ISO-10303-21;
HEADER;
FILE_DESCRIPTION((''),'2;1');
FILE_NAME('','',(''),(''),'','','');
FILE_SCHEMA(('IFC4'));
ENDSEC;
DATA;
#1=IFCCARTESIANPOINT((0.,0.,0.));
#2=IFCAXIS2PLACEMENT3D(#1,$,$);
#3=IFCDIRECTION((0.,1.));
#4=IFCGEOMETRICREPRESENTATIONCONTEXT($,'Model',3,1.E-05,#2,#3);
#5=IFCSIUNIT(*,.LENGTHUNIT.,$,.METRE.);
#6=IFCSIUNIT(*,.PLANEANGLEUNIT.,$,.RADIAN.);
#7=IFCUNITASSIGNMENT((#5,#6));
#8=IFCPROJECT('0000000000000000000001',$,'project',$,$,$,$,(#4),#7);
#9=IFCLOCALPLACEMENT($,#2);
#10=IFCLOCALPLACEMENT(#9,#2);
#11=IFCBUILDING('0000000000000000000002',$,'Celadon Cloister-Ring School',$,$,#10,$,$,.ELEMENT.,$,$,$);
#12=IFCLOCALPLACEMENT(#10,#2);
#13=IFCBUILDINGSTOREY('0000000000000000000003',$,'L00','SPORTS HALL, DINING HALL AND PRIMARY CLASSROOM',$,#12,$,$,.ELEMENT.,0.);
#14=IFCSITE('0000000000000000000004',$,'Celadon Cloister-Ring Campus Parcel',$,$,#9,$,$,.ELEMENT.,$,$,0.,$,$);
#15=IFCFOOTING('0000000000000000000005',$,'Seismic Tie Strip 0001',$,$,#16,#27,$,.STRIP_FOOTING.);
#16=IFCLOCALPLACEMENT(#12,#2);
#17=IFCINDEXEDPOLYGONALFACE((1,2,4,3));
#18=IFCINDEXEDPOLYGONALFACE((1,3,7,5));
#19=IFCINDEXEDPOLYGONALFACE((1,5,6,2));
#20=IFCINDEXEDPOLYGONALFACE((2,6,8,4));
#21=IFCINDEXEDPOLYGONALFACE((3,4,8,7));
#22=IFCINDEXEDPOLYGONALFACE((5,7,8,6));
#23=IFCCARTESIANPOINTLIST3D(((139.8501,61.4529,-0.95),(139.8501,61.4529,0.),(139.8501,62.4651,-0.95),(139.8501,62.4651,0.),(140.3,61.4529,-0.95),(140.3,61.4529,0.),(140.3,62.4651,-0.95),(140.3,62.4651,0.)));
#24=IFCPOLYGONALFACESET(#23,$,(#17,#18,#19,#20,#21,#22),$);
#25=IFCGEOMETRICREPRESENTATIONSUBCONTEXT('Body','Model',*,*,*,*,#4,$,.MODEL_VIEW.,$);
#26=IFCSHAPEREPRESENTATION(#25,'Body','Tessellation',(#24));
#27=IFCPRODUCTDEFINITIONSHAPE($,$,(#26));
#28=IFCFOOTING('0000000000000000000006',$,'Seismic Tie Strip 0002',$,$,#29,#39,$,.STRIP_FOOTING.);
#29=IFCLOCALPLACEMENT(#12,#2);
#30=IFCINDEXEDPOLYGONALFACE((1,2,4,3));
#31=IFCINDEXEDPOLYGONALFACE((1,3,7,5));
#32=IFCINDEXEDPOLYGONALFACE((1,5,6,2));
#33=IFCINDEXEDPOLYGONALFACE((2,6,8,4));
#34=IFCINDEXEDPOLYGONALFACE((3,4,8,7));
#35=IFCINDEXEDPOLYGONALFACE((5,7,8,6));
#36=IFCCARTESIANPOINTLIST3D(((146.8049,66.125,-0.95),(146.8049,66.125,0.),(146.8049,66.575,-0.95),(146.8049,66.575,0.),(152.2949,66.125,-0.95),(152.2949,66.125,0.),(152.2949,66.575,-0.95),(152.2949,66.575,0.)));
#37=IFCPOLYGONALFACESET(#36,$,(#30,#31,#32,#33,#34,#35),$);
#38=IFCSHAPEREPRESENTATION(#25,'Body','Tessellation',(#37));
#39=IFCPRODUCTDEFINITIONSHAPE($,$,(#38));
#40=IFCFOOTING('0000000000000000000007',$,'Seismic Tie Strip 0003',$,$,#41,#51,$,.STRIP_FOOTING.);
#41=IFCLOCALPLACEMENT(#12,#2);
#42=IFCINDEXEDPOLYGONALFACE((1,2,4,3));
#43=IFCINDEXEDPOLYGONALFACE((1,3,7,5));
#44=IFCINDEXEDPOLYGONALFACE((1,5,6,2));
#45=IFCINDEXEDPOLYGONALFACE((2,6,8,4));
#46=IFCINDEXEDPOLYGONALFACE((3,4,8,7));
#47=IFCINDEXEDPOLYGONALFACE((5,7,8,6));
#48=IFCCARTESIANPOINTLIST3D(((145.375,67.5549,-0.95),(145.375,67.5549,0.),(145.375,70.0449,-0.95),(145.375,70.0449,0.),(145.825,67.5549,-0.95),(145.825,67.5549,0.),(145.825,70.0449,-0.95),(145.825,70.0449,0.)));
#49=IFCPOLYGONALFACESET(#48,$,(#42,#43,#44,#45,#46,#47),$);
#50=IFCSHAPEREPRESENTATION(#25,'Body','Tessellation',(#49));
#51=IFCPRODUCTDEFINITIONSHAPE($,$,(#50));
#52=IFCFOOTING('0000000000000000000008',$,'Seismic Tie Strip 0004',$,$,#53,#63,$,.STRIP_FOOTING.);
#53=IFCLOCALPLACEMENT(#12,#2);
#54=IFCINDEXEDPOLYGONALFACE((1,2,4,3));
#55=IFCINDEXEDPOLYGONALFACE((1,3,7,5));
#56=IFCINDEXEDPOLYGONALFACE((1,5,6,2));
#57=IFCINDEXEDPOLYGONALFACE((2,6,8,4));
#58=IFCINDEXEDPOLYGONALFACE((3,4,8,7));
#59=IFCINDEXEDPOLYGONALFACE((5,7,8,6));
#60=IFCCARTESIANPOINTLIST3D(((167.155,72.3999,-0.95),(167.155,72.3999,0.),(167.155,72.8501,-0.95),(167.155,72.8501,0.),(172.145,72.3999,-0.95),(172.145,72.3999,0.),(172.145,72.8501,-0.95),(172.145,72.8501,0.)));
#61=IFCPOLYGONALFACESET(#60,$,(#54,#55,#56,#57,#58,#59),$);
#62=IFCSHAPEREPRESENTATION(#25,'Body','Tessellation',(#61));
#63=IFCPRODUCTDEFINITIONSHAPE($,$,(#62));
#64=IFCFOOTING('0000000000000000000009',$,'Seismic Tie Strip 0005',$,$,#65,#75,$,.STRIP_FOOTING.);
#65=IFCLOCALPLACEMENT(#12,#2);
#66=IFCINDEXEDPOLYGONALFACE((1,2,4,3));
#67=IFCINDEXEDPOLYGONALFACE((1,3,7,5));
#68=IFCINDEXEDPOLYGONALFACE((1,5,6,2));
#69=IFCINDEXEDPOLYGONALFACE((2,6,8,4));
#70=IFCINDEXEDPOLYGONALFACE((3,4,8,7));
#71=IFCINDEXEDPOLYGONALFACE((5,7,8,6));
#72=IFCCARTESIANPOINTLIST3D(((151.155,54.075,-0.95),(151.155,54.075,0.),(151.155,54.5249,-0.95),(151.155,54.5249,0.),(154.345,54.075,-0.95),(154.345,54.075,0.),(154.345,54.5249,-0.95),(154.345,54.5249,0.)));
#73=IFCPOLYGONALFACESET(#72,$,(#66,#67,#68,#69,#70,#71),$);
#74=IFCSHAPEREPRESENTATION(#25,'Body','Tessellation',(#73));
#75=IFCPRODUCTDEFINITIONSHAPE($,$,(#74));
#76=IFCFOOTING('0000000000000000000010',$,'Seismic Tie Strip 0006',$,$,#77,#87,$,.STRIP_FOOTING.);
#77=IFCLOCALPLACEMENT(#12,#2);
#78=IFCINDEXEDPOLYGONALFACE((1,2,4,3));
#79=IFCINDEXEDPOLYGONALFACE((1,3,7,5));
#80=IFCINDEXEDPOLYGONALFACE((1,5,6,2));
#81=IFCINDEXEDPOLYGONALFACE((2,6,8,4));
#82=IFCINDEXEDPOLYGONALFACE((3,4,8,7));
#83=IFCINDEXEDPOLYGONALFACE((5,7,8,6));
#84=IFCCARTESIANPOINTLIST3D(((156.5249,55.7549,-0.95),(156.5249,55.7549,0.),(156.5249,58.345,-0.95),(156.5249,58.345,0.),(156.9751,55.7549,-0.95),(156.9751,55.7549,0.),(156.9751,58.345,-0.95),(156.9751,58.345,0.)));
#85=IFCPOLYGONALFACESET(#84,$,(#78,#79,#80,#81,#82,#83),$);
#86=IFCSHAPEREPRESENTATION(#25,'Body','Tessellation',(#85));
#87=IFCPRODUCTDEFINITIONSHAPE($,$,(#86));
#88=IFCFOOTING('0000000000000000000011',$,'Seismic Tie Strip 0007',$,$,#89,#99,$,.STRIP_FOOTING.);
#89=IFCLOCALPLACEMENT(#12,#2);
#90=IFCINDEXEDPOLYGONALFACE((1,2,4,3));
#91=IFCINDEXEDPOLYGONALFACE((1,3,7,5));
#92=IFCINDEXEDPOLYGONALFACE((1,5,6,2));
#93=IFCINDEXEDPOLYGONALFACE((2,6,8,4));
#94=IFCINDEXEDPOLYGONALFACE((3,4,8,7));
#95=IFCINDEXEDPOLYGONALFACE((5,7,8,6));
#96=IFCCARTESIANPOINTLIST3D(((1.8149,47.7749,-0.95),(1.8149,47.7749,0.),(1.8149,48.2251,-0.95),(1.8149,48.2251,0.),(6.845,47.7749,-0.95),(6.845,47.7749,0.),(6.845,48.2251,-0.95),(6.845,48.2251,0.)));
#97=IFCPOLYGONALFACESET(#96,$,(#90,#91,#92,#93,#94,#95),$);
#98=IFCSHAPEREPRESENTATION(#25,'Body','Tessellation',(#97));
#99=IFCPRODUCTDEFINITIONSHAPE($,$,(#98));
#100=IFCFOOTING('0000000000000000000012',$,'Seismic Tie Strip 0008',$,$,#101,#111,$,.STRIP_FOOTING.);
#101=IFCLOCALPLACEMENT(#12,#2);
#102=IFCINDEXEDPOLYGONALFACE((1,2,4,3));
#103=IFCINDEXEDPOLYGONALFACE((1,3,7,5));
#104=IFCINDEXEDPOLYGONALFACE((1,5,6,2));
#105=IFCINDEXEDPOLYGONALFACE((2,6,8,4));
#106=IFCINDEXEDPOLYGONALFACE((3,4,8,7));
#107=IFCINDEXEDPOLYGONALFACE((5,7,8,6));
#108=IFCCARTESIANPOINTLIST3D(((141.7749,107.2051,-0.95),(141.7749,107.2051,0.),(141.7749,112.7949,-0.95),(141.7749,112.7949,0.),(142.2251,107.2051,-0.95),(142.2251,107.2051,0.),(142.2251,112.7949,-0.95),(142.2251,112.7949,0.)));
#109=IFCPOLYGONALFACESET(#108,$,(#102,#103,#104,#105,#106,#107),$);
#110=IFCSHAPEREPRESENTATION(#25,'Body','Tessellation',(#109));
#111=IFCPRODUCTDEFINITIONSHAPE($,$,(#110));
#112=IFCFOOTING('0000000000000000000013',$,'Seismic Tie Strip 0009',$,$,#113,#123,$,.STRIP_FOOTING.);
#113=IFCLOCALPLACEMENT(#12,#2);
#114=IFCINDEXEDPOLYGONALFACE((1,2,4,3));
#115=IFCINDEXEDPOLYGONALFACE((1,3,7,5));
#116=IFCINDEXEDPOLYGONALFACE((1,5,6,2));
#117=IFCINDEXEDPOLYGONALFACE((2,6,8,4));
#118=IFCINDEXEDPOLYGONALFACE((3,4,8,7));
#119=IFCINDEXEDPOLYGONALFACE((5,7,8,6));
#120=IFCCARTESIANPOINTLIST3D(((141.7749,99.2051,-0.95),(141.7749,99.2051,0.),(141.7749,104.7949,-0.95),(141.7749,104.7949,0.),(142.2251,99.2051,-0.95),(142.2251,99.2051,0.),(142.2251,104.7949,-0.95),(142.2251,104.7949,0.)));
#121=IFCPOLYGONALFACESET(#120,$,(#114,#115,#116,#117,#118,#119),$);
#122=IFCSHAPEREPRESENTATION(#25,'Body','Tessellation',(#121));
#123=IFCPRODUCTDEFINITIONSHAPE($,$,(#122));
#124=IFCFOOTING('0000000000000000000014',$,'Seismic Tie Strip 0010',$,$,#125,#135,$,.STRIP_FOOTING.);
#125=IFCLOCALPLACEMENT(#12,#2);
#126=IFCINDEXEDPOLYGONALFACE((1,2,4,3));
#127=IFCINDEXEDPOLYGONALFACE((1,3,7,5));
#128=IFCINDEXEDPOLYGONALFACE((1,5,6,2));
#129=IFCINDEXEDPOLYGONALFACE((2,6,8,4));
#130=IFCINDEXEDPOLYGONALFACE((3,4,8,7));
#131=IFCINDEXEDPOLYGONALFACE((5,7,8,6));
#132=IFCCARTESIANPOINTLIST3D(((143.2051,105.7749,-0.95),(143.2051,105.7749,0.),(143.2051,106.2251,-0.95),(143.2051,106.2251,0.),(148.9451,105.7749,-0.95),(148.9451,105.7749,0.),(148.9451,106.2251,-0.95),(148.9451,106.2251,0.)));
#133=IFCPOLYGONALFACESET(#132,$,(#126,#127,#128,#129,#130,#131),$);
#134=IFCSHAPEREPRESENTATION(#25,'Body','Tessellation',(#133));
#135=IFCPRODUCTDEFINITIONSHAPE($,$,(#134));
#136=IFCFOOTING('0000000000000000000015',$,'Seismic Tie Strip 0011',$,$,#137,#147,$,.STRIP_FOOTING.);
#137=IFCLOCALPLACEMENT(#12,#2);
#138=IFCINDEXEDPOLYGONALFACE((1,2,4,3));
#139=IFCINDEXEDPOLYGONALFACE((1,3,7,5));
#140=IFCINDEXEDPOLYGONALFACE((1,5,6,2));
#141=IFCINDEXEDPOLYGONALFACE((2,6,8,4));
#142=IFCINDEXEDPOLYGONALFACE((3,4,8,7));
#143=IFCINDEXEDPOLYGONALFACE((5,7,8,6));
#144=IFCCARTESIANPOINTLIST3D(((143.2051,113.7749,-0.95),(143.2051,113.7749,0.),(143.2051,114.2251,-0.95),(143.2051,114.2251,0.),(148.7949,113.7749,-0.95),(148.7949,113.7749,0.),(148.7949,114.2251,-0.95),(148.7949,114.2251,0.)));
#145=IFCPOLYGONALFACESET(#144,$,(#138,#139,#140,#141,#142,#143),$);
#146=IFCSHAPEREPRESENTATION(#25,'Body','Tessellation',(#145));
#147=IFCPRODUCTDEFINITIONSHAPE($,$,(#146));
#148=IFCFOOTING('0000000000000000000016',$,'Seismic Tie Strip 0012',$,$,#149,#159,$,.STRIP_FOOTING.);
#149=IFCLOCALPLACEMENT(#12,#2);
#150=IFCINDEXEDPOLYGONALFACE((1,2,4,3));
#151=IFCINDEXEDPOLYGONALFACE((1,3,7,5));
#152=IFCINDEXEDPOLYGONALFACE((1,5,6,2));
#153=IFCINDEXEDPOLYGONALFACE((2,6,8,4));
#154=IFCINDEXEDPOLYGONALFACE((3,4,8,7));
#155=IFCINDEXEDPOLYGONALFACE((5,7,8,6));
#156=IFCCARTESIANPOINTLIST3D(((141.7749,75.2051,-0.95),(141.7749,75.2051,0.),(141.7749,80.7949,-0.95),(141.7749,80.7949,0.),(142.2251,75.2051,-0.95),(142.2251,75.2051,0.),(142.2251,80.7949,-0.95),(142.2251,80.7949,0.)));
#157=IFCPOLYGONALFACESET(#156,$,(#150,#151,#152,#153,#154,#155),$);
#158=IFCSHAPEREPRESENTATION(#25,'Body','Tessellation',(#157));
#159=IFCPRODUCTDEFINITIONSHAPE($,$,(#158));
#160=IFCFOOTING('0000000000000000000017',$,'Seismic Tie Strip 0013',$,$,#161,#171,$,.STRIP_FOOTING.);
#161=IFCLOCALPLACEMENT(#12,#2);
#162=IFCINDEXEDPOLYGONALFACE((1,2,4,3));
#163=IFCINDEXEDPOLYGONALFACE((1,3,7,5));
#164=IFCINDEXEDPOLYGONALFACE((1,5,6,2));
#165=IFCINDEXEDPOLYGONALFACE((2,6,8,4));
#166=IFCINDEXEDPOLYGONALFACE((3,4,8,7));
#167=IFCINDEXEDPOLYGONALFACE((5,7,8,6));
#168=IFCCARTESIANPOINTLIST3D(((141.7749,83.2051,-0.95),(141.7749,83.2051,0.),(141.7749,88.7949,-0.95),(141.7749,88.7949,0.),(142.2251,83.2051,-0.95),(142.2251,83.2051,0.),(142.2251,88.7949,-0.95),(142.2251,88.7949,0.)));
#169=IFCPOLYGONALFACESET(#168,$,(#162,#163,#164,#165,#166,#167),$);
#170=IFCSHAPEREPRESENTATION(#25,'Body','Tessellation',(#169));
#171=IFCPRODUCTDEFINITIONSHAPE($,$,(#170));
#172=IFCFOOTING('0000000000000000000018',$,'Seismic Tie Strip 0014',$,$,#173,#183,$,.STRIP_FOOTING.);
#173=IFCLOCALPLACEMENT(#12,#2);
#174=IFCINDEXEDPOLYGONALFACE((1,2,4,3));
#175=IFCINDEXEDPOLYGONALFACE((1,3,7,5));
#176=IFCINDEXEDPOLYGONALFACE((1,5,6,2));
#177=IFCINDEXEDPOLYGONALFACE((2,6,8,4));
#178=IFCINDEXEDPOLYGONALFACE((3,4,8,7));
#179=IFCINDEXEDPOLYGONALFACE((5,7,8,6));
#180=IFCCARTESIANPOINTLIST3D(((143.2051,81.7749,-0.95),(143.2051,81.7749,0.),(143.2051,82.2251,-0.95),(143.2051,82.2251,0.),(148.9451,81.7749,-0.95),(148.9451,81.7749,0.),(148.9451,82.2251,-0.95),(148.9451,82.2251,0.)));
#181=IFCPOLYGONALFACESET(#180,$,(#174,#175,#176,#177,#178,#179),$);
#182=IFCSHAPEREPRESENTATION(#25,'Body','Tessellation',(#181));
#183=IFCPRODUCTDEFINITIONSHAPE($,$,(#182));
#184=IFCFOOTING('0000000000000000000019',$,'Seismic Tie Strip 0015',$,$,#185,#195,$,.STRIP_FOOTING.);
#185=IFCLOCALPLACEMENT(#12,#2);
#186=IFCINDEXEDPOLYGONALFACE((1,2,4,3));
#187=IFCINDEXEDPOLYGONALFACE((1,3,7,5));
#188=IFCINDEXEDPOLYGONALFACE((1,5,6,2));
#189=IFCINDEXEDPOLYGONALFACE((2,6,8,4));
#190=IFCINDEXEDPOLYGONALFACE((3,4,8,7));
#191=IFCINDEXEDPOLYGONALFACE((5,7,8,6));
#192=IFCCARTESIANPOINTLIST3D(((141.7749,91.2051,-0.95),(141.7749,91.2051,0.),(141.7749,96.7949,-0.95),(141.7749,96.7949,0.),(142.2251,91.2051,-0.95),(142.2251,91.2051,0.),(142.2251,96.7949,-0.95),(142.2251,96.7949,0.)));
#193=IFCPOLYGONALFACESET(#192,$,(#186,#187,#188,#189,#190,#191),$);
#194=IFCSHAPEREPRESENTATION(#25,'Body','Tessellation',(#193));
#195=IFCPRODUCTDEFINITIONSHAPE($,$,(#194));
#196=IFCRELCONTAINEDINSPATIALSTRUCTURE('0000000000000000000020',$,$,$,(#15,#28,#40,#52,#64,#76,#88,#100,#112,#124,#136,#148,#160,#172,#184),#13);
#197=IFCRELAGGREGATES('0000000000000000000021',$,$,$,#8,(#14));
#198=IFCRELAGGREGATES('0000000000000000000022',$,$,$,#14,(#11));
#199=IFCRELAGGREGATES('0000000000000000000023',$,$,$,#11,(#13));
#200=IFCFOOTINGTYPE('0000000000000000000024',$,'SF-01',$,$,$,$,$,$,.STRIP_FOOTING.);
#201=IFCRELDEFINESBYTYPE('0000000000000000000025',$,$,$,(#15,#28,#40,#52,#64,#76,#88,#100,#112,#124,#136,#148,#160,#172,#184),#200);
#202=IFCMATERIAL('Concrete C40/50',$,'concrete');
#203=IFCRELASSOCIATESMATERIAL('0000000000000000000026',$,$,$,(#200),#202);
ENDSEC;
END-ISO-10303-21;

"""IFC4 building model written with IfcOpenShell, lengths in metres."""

from ifc_helpers import new_model, si_unit, direction, frame, origin, place, context, subcontext, project, spatial, polyline, outline, extrude, material, type_object, element, save


model = new_model("IFC4")

# Units and contexts
model_context = context("Model", 3, precision=1e-05, world=origin(), true_north=direction((0.0, 1.0)))
body_context = subcontext(model_context, "Body", "Model", "MODEL_VIEW")
ifc_project = project(units=[si_unit("LENGTHUNIT", "METRE"), si_unit("PLANEANGLEUNIT", "RADIAN")], contexts=[model_context])

# Site, building, storey
site_placement = place(None, origin())
site = spatial("IfcSite", under=ifc_project, at=site_placement, Name="Celadon Cloister-Ring Campus Parcel", CompositionType="ELEMENT", RefElevation=0.0)
building_placement = place(site_placement, origin())
building = spatial("IfcBuilding", under=site, at=building_placement, Name="Celadon Cloister-Ring School", CompositionType="ELEMENT")
storey_placement = place(building_placement, origin())
storey = spatial("IfcBuildingStorey", under=building, at=storey_placement, Name="L00", Description="SPORTS HALL, DINING HALL AND PRIMARY CLASSROOM", CompositionType="ELEMENT", Elevation=0.0)

# Footings
ifc_material = material(Name="Concrete C40/50", Category="concrete")
footing_type = type_object("IfcFootingType", Name="SF-01", PredefinedType="STRIP_FOOTING", material=ifc_material)
footing_1_placement = place(storey_placement, frame((0.0, 0.0, -0.95)))
element("IfcFooting", 1, at=footing_1_placement, inside=storey, type_object=footing_type, Name="Seismic Tie Strip 0001", PredefinedType="STRIP_FOOTING", context=body_context, shape_type="SweptSolid", body=[
    extrude(outline(polyline([(140.3, 61.4529), (140.3, 62.4651), (139.8501, 62.4651), (139.8501, 61.4529), (140.3, 61.4529)])), origin(), (0.0, 0.0, 1.0), 0.95),
])
footing_2_placement = place(storey_placement, frame((0.0, 0.0, -0.95)))
element("IfcFooting", 2, at=footing_2_placement, inside=storey, type_object=footing_type, Name="Seismic Tie Strip 0002", PredefinedType="STRIP_FOOTING", context=body_context, shape_type="SweptSolid", body=[
    extrude(outline(polyline([(146.8049, 66.125), (152.2949, 66.125), (152.2949, 66.575), (146.8049, 66.575), (146.8049, 66.125)])), origin(), (0.0, 0.0, 1.0), 0.95),
])
footing_3_placement = place(storey_placement, frame((0.0, 0.0, -0.95)))
element("IfcFooting", 3, at=footing_3_placement, inside=storey, type_object=footing_type, Name="Seismic Tie Strip 0003", PredefinedType="STRIP_FOOTING", context=body_context, shape_type="SweptSolid", body=[
    extrude(outline(polyline([(145.825, 67.5549), (145.825, 70.0449), (145.375, 70.0449), (145.375, 67.5549), (145.825, 67.5549)])), origin(), (0.0, 0.0, 1.0), 0.95),
])
footing_4_placement = place(storey_placement, frame((0.0, 0.0, -0.95)))
element("IfcFooting", 4, at=footing_4_placement, inside=storey, type_object=footing_type, Name="Seismic Tie Strip 0004", PredefinedType="STRIP_FOOTING", context=body_context, shape_type="SweptSolid", body=[
    extrude(outline(polyline([(172.145, 72.8501), (167.155, 72.8501), (167.155, 72.3999), (172.145, 72.3999), (172.145, 72.8501)])), origin(), (0.0, 0.0, 1.0), 0.95),
])
footing_5_placement = place(storey_placement, frame((0.0, 0.0, -0.95)))
element("IfcFooting", 5, at=footing_5_placement, inside=storey, type_object=footing_type, Name="Seismic Tie Strip 0005", PredefinedType="STRIP_FOOTING", context=body_context, shape_type="SweptSolid", body=[
    extrude(outline(polyline([(151.155, 54.075), (154.345, 54.075), (154.345, 54.5249), (151.155, 54.5249), (151.155, 54.075)])), origin(), (0.0, 0.0, 1.0), 0.95),
])
footing_6_placement = place(storey_placement, frame((0.0, 0.0, -0.95)))
element("IfcFooting", 6, at=footing_6_placement, inside=storey, type_object=footing_type, Name="Seismic Tie Strip 0006", PredefinedType="STRIP_FOOTING", context=body_context, shape_type="SweptSolid", body=[
    extrude(outline(polyline([(156.9751, 55.7549), (156.9751, 58.345), (156.5249, 58.345), (156.5249, 55.7549), (156.9751, 55.7549)])), origin(), (0.0, 0.0, 1.0), 0.95),
])
footing_7_placement = place(storey_placement, frame((0.0, 0.0, -0.95)))
element("IfcFooting", 7, at=footing_7_placement, inside=storey, type_object=footing_type, Name="Seismic Tie Strip 0007", PredefinedType="STRIP_FOOTING", context=body_context, shape_type="SweptSolid", body=[
    extrude(outline(polyline([(6.845, 48.2251), (1.8149, 48.2251), (1.8149, 47.7749), (6.845, 47.7749), (6.845, 48.2251)])), origin(), (0.0, 0.0, 1.0), 0.95),
])
footing_8_placement = place(storey_placement, frame((0.0, 0.0, -0.95)))
element("IfcFooting", 8, at=footing_8_placement, inside=storey, type_object=footing_type, Name="Seismic Tie Strip 0008", PredefinedType="STRIP_FOOTING", context=body_context, shape_type="SweptSolid", body=[
    extrude(outline(polyline([(142.2251, 107.2051), (142.2251, 112.7949), (141.7749, 112.7949), (141.7749, 107.2051), (142.2251, 107.2051)])), origin(), (0.0, 0.0, 1.0), 0.95),
])
footing_9_placement = place(storey_placement, frame((0.0, 0.0, -0.95)))
element("IfcFooting", 9, at=footing_9_placement, inside=storey, type_object=footing_type, Name="Seismic Tie Strip 0009", PredefinedType="STRIP_FOOTING", context=body_context, shape_type="SweptSolid", body=[
    extrude(outline(polyline([(141.7749, 104.7949), (141.7749, 99.2051), (142.2251, 99.2051), (142.2251, 104.7949), (141.7749, 104.7949)])), origin(), (0.0, 0.0, 1.0), 0.95),
])
footing_10_placement = place(storey_placement, frame((0.0, 0.0, -0.95)))
element("IfcFooting", 10, at=footing_10_placement, inside=storey, type_object=footing_type, Name="Seismic Tie Strip 0010", PredefinedType="STRIP_FOOTING", context=body_context, shape_type="SweptSolid", body=[
    extrude(outline(polyline([(143.2051, 105.7749), (148.9451, 105.7749), (148.9451, 106.2251), (143.2051, 106.2251), (143.2051, 105.7749)])), origin(), (0.0, 0.0, 1.0), 0.95),
])
footing_11_placement = place(storey_placement, frame((0.0, 0.0, -0.95)))
element("IfcFooting", 11, at=footing_11_placement, inside=storey, type_object=footing_type, Name="Seismic Tie Strip 0011", PredefinedType="STRIP_FOOTING", context=body_context, shape_type="SweptSolid", body=[
    extrude(outline(polyline([(143.2051, 113.7749), (148.7949, 113.7749), (148.7949, 114.2251), (143.2051, 114.2251), (143.2051, 113.7749)])), origin(), (0.0, 0.0, 1.0), 0.95),
])
footing_12_placement = place(storey_placement, frame((0.0, 0.0, -0.95)))
element("IfcFooting", 12, at=footing_12_placement, inside=storey, type_object=footing_type, Name="Seismic Tie Strip 0012", PredefinedType="STRIP_FOOTING", context=body_context, shape_type="SweptSolid", body=[
    extrude(outline(polyline([(142.2251, 75.2051), (142.2251, 80.7949), (141.7749, 80.7949), (141.7749, 75.2051), (142.2251, 75.2051)])), origin(), (0.0, 0.0, 1.0), 0.95),
])
footing_13_placement = place(storey_placement, frame((0.0, 0.0, -0.95)))
element("IfcFooting", 13, at=footing_13_placement, inside=storey, type_object=footing_type, Name="Seismic Tie Strip 0013", PredefinedType="STRIP_FOOTING", context=body_context, shape_type="SweptSolid", body=[
    extrude(outline(polyline([(142.2251, 83.2051), (142.2251, 88.7949), (141.7749, 88.7949), (141.7749, 83.2051), (142.2251, 83.2051)])), origin(), (0.0, 0.0, 1.0), 0.95),
])
footing_14_placement = place(storey_placement, frame((0.0, 0.0, -0.95)))
element("IfcFooting", 14, at=footing_14_placement, inside=storey, type_object=footing_type, Name="Seismic Tie Strip 0014", PredefinedType="STRIP_FOOTING", context=body_context, shape_type="SweptSolid", body=[
    extrude(outline(polyline([(143.2051, 81.7749), (148.9451, 81.7749), (148.9451, 82.2251), (143.2051, 82.2251), (143.2051, 81.7749)])), origin(), (0.0, 0.0, 1.0), 0.95),
])
footing_15_placement = place(storey_placement, frame((0.0, 0.0, -0.95)))
element("IfcFooting", 15, at=footing_15_placement, inside=storey, type_object=footing_type, Name="Seismic Tie Strip 0015", PredefinedType="STRIP_FOOTING", context=body_context, shape_type="SweptSolid", body=[
    extrude(outline(polyline([(142.2251, 91.2051), (142.2251, 96.7949), (141.7749, 96.7949), (141.7749, 91.2051), (142.2251, 91.2051)])), origin(), (0.0, 0.0, 1.0), 0.95),
])

save(model, "model.ifc")
